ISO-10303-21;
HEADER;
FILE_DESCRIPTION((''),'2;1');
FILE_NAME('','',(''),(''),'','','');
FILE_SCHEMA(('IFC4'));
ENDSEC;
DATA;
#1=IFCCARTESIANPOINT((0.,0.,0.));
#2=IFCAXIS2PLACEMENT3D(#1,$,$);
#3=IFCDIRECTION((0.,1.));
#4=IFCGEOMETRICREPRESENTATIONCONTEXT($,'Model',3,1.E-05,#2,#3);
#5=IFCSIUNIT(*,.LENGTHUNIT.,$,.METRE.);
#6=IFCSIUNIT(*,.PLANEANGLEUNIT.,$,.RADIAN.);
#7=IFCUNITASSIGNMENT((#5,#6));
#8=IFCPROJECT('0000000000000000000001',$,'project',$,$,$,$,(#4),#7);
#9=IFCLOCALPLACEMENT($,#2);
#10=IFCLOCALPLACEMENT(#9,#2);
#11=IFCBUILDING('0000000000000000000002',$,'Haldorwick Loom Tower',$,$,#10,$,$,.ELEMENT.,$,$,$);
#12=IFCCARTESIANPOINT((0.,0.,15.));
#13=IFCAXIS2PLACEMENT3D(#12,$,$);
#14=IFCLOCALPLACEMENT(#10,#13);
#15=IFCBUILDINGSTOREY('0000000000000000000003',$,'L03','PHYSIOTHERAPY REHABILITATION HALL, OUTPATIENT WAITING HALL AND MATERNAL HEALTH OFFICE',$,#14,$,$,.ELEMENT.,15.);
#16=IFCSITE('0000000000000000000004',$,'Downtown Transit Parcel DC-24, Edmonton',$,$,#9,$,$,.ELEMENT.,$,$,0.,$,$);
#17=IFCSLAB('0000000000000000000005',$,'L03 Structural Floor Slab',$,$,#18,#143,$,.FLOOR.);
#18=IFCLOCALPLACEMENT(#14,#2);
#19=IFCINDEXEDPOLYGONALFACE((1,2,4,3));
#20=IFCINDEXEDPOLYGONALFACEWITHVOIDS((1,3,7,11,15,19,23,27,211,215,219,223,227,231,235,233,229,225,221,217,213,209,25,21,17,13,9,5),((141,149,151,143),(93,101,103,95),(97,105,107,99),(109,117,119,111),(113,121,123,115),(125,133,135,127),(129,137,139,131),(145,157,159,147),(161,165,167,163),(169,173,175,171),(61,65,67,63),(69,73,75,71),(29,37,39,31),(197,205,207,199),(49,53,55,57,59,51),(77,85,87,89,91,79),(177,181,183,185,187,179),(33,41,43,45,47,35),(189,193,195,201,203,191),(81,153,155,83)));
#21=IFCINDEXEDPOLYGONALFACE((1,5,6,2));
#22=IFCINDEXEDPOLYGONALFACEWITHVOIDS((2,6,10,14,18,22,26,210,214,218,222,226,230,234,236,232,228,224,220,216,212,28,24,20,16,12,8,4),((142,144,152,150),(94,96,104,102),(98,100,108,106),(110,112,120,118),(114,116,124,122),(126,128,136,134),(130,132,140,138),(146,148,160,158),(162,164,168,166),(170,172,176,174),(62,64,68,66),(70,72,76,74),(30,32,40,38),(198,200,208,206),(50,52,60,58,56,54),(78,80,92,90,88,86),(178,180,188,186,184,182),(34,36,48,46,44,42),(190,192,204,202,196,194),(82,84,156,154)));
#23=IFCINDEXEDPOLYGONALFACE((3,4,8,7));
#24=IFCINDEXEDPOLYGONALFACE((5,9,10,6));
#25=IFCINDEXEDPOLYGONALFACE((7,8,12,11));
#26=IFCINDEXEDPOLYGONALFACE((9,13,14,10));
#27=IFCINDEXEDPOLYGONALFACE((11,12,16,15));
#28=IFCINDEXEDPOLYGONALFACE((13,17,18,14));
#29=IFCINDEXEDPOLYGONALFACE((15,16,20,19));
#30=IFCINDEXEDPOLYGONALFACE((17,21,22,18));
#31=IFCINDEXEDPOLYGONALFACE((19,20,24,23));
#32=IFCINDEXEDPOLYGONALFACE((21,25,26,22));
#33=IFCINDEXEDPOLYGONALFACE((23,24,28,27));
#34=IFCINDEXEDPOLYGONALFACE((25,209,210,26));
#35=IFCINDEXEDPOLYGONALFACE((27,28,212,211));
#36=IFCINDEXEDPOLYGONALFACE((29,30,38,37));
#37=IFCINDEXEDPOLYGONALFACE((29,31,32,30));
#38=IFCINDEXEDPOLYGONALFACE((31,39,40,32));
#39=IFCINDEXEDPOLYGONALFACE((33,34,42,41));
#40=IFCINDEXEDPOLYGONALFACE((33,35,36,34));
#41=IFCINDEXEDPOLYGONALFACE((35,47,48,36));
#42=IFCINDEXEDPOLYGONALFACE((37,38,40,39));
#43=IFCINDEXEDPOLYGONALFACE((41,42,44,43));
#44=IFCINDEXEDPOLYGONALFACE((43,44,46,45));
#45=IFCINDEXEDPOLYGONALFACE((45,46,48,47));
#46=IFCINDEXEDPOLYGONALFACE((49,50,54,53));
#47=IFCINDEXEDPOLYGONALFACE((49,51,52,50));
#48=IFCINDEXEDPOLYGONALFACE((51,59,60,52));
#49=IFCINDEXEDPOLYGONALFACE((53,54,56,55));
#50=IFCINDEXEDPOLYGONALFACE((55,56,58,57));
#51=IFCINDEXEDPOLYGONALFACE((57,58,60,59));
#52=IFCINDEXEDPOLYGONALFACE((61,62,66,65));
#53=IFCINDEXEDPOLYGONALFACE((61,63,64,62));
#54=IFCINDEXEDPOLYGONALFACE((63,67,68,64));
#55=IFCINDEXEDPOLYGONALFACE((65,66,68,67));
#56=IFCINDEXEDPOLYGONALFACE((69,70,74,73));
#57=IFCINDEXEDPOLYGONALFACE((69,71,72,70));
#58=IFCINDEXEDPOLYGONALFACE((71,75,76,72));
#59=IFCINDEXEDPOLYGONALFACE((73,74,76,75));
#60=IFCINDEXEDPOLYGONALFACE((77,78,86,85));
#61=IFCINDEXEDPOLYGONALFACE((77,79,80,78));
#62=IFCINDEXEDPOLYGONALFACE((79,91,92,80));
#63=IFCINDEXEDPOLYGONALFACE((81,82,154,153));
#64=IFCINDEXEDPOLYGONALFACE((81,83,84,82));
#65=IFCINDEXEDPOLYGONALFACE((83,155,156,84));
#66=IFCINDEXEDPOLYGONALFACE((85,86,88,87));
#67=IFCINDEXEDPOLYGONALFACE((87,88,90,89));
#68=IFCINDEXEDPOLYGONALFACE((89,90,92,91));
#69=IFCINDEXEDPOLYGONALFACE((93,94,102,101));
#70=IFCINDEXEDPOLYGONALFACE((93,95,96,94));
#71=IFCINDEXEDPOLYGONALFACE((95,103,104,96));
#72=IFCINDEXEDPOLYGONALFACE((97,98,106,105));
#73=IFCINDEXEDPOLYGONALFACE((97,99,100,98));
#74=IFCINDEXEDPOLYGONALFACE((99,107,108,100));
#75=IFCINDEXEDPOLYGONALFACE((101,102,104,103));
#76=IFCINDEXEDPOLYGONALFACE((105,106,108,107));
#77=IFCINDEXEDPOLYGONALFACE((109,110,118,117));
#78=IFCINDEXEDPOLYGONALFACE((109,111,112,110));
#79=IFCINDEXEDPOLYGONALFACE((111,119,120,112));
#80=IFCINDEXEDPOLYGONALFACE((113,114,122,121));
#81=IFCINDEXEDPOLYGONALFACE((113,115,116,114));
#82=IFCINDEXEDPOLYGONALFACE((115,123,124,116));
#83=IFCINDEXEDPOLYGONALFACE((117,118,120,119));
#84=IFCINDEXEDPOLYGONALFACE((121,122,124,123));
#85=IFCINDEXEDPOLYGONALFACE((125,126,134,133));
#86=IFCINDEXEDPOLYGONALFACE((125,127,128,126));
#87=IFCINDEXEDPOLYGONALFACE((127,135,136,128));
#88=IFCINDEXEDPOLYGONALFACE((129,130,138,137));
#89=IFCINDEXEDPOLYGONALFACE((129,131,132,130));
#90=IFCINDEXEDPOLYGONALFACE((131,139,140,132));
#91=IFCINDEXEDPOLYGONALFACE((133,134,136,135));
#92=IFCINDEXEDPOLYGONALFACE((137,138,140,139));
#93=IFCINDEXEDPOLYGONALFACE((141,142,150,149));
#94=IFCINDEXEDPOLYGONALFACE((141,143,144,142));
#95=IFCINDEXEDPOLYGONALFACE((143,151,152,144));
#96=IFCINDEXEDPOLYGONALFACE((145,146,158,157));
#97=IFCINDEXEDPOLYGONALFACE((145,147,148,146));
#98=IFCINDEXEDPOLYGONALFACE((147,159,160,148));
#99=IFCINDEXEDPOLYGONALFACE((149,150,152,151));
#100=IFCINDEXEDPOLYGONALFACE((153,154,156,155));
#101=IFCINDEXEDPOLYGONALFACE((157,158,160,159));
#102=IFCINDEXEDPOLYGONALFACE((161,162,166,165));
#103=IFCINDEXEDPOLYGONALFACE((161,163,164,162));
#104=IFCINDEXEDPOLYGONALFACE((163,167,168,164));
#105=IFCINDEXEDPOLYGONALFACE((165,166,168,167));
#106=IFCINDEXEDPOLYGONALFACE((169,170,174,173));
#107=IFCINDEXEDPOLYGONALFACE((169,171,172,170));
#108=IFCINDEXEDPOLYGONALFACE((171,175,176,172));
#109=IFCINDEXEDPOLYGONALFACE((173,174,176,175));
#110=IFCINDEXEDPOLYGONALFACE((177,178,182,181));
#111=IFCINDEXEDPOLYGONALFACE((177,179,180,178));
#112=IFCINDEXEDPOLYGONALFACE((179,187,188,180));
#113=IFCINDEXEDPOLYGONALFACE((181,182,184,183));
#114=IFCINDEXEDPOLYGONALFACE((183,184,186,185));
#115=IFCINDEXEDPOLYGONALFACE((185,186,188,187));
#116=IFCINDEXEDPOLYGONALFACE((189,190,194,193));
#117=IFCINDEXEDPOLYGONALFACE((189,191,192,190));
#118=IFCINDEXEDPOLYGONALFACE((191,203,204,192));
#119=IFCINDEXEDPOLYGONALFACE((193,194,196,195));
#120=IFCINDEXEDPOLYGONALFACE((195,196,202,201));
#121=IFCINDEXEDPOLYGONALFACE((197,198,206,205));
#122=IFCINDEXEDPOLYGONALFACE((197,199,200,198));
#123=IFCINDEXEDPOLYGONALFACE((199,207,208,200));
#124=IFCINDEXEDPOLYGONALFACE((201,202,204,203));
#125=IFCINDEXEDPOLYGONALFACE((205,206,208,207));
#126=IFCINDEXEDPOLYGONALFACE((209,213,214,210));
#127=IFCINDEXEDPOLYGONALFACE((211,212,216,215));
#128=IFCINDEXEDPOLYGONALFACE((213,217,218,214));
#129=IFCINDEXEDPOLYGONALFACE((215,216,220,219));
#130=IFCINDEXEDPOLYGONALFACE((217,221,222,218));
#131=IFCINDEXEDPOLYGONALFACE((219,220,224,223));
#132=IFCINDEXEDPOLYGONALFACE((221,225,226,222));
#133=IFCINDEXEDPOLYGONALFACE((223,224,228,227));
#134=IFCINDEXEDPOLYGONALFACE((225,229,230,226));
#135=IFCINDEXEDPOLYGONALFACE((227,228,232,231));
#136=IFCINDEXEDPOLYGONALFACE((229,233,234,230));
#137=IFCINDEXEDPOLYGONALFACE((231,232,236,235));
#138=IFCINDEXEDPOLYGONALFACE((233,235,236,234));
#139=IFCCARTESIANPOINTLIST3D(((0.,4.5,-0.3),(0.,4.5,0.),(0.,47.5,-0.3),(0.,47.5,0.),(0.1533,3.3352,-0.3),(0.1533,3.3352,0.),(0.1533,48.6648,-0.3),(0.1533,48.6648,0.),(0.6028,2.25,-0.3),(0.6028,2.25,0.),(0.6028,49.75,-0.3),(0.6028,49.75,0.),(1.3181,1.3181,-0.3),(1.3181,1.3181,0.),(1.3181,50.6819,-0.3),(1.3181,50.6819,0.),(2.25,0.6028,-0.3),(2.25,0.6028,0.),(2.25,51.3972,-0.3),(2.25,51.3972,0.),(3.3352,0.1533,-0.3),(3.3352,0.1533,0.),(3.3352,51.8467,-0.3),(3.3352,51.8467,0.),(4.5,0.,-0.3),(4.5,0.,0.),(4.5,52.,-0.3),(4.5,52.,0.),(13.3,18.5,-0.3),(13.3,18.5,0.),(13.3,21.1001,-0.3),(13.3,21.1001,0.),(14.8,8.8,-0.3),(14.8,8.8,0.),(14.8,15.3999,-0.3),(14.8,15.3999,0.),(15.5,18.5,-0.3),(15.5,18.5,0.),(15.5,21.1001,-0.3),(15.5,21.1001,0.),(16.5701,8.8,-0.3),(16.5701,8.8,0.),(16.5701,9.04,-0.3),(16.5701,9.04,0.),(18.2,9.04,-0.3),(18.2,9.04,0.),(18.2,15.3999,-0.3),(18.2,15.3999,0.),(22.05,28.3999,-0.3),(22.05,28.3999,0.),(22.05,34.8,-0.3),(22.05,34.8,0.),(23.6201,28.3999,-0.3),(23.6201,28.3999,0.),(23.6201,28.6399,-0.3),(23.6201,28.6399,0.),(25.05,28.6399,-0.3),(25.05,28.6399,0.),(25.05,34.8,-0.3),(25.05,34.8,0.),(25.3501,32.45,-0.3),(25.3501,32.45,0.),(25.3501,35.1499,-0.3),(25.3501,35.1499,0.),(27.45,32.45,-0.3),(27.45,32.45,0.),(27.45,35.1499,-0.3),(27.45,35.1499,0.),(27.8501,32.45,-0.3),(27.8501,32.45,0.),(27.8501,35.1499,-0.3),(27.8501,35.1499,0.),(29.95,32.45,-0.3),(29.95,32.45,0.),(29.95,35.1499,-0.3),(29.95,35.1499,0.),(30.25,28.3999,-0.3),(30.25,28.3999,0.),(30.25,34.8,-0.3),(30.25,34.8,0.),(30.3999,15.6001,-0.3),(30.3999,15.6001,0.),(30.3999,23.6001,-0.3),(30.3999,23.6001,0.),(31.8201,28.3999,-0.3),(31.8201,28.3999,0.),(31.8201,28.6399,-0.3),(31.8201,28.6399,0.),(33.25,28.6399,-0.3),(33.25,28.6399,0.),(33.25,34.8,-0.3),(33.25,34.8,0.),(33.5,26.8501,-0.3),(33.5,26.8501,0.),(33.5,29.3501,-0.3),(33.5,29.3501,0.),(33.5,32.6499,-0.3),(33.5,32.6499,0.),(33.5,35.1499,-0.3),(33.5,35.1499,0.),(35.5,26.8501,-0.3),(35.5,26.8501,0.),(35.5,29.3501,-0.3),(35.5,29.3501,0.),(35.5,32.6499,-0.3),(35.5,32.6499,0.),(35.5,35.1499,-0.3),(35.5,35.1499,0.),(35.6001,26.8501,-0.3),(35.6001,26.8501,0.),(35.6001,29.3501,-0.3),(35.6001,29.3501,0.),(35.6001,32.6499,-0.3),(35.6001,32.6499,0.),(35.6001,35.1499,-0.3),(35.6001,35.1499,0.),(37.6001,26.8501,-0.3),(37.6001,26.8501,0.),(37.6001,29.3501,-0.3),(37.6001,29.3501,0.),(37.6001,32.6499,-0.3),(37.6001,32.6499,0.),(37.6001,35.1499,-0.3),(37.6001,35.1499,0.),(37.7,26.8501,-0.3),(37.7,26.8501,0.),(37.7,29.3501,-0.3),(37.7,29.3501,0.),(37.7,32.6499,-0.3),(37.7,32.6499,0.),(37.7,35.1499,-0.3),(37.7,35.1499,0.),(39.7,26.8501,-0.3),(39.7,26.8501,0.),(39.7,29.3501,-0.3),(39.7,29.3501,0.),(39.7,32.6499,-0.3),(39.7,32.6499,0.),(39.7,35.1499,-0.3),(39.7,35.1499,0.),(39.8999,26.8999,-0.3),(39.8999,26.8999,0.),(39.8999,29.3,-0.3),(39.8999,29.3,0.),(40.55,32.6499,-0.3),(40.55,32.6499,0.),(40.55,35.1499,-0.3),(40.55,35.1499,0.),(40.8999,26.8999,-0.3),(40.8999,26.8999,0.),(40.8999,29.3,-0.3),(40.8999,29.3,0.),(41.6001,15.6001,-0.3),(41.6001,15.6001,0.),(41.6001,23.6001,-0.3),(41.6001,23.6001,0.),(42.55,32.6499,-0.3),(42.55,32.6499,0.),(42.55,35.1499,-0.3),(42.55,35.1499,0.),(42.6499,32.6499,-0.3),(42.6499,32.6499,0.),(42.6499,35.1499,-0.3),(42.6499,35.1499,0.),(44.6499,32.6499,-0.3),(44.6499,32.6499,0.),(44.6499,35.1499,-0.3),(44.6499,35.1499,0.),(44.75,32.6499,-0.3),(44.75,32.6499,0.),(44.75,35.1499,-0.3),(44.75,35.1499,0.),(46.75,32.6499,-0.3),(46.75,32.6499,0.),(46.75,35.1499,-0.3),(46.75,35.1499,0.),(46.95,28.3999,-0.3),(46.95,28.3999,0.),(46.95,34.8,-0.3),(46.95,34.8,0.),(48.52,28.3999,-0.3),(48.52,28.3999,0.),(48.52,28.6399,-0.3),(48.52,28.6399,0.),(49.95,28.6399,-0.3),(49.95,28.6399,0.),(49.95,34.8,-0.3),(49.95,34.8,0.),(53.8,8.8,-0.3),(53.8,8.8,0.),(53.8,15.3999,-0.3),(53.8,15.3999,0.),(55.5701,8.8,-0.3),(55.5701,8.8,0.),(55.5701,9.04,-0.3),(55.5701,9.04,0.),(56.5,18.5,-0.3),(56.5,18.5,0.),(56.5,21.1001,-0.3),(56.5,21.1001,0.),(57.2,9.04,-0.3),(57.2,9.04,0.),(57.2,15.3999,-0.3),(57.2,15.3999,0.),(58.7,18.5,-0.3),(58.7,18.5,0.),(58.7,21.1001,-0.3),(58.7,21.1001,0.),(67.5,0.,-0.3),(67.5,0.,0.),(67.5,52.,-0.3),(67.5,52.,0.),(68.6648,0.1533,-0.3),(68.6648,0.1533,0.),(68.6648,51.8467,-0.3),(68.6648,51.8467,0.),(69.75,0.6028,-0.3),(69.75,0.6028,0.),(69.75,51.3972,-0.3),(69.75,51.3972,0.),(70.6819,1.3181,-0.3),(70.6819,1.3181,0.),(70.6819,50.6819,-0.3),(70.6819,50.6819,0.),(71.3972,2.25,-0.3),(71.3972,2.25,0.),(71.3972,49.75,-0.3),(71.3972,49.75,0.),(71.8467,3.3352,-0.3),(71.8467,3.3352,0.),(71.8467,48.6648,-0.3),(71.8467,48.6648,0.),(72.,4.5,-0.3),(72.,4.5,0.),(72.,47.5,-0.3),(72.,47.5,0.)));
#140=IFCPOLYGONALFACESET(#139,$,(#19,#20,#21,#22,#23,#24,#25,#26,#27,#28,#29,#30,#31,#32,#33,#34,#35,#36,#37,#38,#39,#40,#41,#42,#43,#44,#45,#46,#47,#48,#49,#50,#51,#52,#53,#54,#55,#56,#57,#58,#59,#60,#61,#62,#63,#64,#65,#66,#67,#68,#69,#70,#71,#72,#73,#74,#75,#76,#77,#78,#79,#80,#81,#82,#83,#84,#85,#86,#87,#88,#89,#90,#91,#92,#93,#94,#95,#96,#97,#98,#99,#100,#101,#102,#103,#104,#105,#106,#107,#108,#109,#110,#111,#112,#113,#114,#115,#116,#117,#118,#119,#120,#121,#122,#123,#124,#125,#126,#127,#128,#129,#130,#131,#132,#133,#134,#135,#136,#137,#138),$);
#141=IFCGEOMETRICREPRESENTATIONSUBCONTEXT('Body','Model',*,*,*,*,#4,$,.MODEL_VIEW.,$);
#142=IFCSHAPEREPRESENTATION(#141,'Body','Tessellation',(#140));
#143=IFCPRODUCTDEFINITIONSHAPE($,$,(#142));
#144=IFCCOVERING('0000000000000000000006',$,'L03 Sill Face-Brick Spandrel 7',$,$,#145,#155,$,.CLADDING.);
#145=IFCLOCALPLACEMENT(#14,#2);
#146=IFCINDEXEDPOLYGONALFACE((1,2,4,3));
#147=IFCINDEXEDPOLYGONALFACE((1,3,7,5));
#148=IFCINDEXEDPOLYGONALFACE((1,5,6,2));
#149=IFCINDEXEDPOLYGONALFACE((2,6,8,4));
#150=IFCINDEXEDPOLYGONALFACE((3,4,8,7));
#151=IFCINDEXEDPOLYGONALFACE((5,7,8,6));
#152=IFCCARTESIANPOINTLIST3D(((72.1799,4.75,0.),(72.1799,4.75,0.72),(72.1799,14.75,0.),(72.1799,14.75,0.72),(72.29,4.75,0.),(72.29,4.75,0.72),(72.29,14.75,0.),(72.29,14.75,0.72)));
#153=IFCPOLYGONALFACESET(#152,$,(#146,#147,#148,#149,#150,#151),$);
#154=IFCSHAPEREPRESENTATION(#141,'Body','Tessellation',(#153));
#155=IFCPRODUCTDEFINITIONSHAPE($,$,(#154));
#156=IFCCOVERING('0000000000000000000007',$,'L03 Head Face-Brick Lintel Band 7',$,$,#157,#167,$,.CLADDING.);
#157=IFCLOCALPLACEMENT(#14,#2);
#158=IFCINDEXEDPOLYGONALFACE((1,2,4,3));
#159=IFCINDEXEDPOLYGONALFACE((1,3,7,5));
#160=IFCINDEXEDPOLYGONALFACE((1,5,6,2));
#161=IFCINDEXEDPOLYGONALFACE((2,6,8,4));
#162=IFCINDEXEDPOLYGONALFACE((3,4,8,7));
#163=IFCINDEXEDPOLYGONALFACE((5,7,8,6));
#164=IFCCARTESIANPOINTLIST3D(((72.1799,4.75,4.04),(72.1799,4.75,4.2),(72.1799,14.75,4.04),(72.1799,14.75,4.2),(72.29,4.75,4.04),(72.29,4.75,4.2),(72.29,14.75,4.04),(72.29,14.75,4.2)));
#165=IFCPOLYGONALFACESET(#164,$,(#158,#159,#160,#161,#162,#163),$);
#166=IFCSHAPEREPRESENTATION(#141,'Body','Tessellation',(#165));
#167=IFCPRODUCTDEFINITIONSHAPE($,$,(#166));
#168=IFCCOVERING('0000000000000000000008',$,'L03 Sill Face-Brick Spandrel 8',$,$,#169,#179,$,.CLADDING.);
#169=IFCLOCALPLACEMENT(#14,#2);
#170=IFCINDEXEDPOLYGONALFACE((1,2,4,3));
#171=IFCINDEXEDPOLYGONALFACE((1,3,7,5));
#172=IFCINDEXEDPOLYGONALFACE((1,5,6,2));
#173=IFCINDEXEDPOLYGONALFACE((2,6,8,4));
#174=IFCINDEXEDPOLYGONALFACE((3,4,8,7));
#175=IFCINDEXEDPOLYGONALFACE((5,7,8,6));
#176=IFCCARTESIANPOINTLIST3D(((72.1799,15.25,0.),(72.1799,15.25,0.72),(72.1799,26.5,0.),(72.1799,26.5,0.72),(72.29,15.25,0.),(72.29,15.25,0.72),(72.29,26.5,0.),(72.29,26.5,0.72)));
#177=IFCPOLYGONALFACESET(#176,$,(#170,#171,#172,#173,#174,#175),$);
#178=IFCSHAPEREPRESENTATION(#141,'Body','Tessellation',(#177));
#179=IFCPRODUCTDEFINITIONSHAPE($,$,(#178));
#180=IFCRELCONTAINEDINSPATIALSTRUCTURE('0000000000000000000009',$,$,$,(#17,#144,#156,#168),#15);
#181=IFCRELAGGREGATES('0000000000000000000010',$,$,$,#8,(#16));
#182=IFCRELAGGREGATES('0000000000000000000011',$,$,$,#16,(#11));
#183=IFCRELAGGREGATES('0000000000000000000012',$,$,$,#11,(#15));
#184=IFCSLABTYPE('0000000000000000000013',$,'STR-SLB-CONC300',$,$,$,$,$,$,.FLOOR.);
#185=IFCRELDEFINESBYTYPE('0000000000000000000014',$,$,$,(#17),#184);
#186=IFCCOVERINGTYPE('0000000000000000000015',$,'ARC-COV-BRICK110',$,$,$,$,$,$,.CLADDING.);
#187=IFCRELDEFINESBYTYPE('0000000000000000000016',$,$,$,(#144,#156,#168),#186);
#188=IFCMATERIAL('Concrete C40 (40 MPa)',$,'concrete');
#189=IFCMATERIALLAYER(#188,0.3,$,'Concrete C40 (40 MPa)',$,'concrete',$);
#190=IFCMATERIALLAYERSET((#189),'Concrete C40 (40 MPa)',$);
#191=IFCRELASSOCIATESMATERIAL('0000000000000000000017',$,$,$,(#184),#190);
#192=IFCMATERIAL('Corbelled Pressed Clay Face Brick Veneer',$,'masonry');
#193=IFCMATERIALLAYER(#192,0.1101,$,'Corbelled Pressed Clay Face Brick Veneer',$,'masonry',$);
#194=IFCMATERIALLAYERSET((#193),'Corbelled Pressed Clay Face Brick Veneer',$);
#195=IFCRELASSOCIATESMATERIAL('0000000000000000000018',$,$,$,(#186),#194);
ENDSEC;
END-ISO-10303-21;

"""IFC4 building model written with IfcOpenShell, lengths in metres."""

from ifc_helpers import new_model, si_unit, direction, frame, origin, place, context, subcontext, project, spatial, polyline, outline, extrude, material, layer, layer_set, type_object, element, save


model = new_model("IFC4")

# Units and contexts
model_context = context("Model", 3, precision=1e-05, world=origin(), true_north=direction((0.0, 1.0)))
body_context = subcontext(model_context, "Body", "Model", "MODEL_VIEW")
ifc_project = project(units=[si_unit("LENGTHUNIT", "METRE"), si_unit("PLANEANGLEUNIT", "RADIAN")], contexts=[model_context])

# Site, building, storey
site_placement = place(None, origin())
site = spatial("IfcSite", under=ifc_project, at=site_placement, Name="Downtown Transit Parcel DC-24, Edmonton", CompositionType="ELEMENT", RefElevation=0.0)
building_placement = place(site_placement, origin())
building = spatial("IfcBuilding", under=site, at=building_placement, Name="Haldorwick Loom Tower", CompositionType="ELEMENT")
storey_placement = place(building_placement, frame((0.0, 0.0, 15.0)))
storey = spatial("IfcBuildingStorey", under=building, at=storey_placement, Name="L03", Description="PHYSIOTHERAPY REHABILITATION HALL, OUTPATIENT WAITING HALL AND MATERNAL HEALTH OFFICE", CompositionType="ELEMENT", Elevation=15.0)

# Slab
ifc_material_1 = material(Name="Concrete C40 (40 MPa)", Category="concrete")
ifc_layer_1 = layer(ifc_material_1, 0.3, Name="Concrete C40 (40 MPa)", Category="concrete")
ifc_layer_set_1 = layer_set([ifc_layer_1], Name="Concrete C40 (40 MPa)")
slab_type = type_object("IfcSlabType", Name="STR-SLB-CONC300", PredefinedType="FLOOR", material=ifc_layer_set_1)
slab_placement = place(storey_placement, frame((0.0, 0.0, -0.3)))
element("IfcSlab", 1, at=slab_placement, inside=storey, type_object=slab_type, Name="L03 Structural Floor Slab", PredefinedType="FLOOR", context=body_context, shape_type="SweptSolid", body=[
    extrude(outline(polyline([(1.3181, 1.3181), (2.25, 0.6028), (3.3352, 0.1533), (4.5, 0.0), (67.5, 0.0), (68.6648, 0.1533), (69.75, 0.6028), (70.6819, 1.3181), (71.3972, 2.25), (71.8467, 3.3352), (72.0, 4.5), (72.0, 47.5), (71.8467, 48.6648), (71.3972, 49.75), (70.6819, 50.6819), (69.75, 51.3972), (68.6648, 51.8467), (67.5, 52.0), (4.5, 52.0), (3.3352, 51.8467), (2.25, 51.3972), (1.3181, 50.6819), (0.6028, 49.75), (0.1533, 48.6648), (0.0, 47.5), (0.0, 4.5), (0.1533, 3.3352), (0.6028, 2.25), (1.3181, 1.3181)]), holes=[polyline([(18.2, 9.04), (16.5701, 9.04), (16.5701, 8.8), (14.8, 8.8), (14.8, 15.3999), (18.2, 15.3999), (18.2, 9.04)]), polyline([(57.2, 15.3999), (57.2, 9.04), (55.5701, 9.04), (55.5701, 8.8), (53.8, 8.8), (53.8, 15.3999), (57.2, 15.3999)]), polyline([(30.3999, 15.6001), (30.3999, 23.6001), (41.6001, 23.6001), (41.6001, 15.6001), (30.3999, 15.6001)]), polyline([(15.5, 18.5), (13.3, 18.5), (13.3, 21.1001), (15.5, 21.1001), (15.5, 18.5)]), polyline([(33.5, 26.8501), (33.5, 29.3501), (35.5, 29.3501), (35.5, 26.8501), (33.5, 26.8501)]), polyline([(22.05, 28.3999), (22.05, 34.8), (25.05, 34.8), (25.05, 28.6399), (23.6201, 28.6399), (23.6201, 28.3999), (22.05, 28.3999)]), polyline([(31.8201, 28.3999), (30.25, 28.3999), (30.25, 34.8), (33.25, 34.8), (33.25, 28.6399), (31.8201, 28.6399), (31.8201, 28.3999)]), polyline([(27.45, 32.45), (25.3501, 32.45), (25.3501, 35.1499), (27.45, 35.1499), (27.45, 32.45)]), polyline([(29.95, 32.45), (27.8501, 32.45), (27.8501, 35.1499), (29.95, 35.1499), (29.95, 32.45)]), polyline([(33.5, 32.6499), (33.5, 35.1499), (35.5, 35.1499), (35.5, 32.6499), (33.5, 32.6499)]), polyline([(35.6001, 32.6499), (35.6001, 35.1499), (37.6001, 35.1499), (37.6001, 32.6499), (35.6001, 32.6499)]), polyline([(58.7, 18.5), (56.5, 18.5), (56.5, 21.1001), (58.7, 21.1001), (58.7, 18.5)]), polyline([(37.6001, 26.8501), (35.6001, 26.8501), (35.6001, 29.3501), (37.6001, 29.3501), (37.6001, 26.8501)]), polyline([(37.7, 26.8501), (37.7, 29.3501), (39.7, 29.3501), (39.7, 26.8501), (37.7, 26.8501)]), polyline([(39.8999, 26.8999), (39.8999, 29.3), (40.8999, 29.3), (40.8999, 26.8999), (39.8999, 26.8999)]), polyline([(48.52, 28.3999), (46.95, 28.3999), (46.95, 34.8), (49.95, 34.8), (49.95, 28.6399), (48.52, 28.6399), (48.52, 28.3999)]), polyline([(39.7, 32.6499), (37.7, 32.6499), (37.7, 35.1499), (39.7, 35.1499), (39.7, 32.6499)]), polyline([(42.55, 32.6499), (40.55, 32.6499), (40.55, 35.1499), (42.55, 35.1499), (42.55, 32.6499)]), polyline([(42.6499, 32.6499), (42.6499, 35.1499), (44.6499, 35.1499), (44.6499, 32.6499), (42.6499, 32.6499)]), polyline([(44.75, 32.6499), (44.75, 35.1499), (46.75, 35.1499), (46.75, 32.6499), (44.75, 32.6499)])]), origin(), (0.0, 0.0, 1.0), 0.3),
])

# Coverings
ifc_material_2 = material(Name="Corbelled Pressed Clay Face Brick Veneer", Category="masonry")
ifc_layer_2 = layer(ifc_material_2, 0.1101, Name="Corbelled Pressed Clay Face Brick Veneer", Category="masonry")
ifc_layer_set_2 = layer_set([ifc_layer_2], Name="Corbelled Pressed Clay Face Brick Veneer")
covering_type = type_object("IfcCoveringType", Name="ARC-COV-BRICK110", PredefinedType="CLADDING", material=ifc_layer_set_2)
covering_1_placement = place(storey_placement, origin())
element("IfcCovering", 2, at=covering_1_placement, inside=storey, type_object=covering_type, Name="L03 Sill Face-Brick Spandrel 7", PredefinedType="CLADDING", context=body_context, shape_type="SweptSolid", body=[
    extrude(outline(polyline([(72.29, 4.75), (72.29, 14.75), (72.1799, 14.75), (72.1799, 4.75), (72.29, 4.75)])), origin(), (0.0, 0.0, 1.0), 0.72),
])
covering_2_placement = place(storey_placement, frame((0.0, 0.0, 4.04)))
element("IfcCovering", 3, at=covering_2_placement, inside=storey, type_object=covering_type, Name="L03 Head Face-Brick Lintel Band 7", PredefinedType="CLADDING", context=body_context, shape_type="SweptSolid", body=[
    extrude(outline(polyline([(72.29, 4.75), (72.29, 14.75), (72.1799, 14.75), (72.1799, 4.75), (72.29, 4.75)])), origin(), (0.0, 0.0, 1.0), 0.1599),
])
covering_3_placement = place(storey_placement, origin())
element("IfcCovering", 4, at=covering_3_placement, inside=storey, type_object=covering_type, Name="L03 Sill Face-Brick Spandrel 8", PredefinedType="CLADDING", context=body_context, shape_type="SweptSolid", body=[
    extrude(outline(polyline([(72.29, 15.25), (72.29, 26.5), (72.1799, 26.5), (72.1799, 15.25), (72.29, 15.25)])), origin(), (0.0, 0.0, 1.0), 0.72),
])

save(model, "model.ifc")
